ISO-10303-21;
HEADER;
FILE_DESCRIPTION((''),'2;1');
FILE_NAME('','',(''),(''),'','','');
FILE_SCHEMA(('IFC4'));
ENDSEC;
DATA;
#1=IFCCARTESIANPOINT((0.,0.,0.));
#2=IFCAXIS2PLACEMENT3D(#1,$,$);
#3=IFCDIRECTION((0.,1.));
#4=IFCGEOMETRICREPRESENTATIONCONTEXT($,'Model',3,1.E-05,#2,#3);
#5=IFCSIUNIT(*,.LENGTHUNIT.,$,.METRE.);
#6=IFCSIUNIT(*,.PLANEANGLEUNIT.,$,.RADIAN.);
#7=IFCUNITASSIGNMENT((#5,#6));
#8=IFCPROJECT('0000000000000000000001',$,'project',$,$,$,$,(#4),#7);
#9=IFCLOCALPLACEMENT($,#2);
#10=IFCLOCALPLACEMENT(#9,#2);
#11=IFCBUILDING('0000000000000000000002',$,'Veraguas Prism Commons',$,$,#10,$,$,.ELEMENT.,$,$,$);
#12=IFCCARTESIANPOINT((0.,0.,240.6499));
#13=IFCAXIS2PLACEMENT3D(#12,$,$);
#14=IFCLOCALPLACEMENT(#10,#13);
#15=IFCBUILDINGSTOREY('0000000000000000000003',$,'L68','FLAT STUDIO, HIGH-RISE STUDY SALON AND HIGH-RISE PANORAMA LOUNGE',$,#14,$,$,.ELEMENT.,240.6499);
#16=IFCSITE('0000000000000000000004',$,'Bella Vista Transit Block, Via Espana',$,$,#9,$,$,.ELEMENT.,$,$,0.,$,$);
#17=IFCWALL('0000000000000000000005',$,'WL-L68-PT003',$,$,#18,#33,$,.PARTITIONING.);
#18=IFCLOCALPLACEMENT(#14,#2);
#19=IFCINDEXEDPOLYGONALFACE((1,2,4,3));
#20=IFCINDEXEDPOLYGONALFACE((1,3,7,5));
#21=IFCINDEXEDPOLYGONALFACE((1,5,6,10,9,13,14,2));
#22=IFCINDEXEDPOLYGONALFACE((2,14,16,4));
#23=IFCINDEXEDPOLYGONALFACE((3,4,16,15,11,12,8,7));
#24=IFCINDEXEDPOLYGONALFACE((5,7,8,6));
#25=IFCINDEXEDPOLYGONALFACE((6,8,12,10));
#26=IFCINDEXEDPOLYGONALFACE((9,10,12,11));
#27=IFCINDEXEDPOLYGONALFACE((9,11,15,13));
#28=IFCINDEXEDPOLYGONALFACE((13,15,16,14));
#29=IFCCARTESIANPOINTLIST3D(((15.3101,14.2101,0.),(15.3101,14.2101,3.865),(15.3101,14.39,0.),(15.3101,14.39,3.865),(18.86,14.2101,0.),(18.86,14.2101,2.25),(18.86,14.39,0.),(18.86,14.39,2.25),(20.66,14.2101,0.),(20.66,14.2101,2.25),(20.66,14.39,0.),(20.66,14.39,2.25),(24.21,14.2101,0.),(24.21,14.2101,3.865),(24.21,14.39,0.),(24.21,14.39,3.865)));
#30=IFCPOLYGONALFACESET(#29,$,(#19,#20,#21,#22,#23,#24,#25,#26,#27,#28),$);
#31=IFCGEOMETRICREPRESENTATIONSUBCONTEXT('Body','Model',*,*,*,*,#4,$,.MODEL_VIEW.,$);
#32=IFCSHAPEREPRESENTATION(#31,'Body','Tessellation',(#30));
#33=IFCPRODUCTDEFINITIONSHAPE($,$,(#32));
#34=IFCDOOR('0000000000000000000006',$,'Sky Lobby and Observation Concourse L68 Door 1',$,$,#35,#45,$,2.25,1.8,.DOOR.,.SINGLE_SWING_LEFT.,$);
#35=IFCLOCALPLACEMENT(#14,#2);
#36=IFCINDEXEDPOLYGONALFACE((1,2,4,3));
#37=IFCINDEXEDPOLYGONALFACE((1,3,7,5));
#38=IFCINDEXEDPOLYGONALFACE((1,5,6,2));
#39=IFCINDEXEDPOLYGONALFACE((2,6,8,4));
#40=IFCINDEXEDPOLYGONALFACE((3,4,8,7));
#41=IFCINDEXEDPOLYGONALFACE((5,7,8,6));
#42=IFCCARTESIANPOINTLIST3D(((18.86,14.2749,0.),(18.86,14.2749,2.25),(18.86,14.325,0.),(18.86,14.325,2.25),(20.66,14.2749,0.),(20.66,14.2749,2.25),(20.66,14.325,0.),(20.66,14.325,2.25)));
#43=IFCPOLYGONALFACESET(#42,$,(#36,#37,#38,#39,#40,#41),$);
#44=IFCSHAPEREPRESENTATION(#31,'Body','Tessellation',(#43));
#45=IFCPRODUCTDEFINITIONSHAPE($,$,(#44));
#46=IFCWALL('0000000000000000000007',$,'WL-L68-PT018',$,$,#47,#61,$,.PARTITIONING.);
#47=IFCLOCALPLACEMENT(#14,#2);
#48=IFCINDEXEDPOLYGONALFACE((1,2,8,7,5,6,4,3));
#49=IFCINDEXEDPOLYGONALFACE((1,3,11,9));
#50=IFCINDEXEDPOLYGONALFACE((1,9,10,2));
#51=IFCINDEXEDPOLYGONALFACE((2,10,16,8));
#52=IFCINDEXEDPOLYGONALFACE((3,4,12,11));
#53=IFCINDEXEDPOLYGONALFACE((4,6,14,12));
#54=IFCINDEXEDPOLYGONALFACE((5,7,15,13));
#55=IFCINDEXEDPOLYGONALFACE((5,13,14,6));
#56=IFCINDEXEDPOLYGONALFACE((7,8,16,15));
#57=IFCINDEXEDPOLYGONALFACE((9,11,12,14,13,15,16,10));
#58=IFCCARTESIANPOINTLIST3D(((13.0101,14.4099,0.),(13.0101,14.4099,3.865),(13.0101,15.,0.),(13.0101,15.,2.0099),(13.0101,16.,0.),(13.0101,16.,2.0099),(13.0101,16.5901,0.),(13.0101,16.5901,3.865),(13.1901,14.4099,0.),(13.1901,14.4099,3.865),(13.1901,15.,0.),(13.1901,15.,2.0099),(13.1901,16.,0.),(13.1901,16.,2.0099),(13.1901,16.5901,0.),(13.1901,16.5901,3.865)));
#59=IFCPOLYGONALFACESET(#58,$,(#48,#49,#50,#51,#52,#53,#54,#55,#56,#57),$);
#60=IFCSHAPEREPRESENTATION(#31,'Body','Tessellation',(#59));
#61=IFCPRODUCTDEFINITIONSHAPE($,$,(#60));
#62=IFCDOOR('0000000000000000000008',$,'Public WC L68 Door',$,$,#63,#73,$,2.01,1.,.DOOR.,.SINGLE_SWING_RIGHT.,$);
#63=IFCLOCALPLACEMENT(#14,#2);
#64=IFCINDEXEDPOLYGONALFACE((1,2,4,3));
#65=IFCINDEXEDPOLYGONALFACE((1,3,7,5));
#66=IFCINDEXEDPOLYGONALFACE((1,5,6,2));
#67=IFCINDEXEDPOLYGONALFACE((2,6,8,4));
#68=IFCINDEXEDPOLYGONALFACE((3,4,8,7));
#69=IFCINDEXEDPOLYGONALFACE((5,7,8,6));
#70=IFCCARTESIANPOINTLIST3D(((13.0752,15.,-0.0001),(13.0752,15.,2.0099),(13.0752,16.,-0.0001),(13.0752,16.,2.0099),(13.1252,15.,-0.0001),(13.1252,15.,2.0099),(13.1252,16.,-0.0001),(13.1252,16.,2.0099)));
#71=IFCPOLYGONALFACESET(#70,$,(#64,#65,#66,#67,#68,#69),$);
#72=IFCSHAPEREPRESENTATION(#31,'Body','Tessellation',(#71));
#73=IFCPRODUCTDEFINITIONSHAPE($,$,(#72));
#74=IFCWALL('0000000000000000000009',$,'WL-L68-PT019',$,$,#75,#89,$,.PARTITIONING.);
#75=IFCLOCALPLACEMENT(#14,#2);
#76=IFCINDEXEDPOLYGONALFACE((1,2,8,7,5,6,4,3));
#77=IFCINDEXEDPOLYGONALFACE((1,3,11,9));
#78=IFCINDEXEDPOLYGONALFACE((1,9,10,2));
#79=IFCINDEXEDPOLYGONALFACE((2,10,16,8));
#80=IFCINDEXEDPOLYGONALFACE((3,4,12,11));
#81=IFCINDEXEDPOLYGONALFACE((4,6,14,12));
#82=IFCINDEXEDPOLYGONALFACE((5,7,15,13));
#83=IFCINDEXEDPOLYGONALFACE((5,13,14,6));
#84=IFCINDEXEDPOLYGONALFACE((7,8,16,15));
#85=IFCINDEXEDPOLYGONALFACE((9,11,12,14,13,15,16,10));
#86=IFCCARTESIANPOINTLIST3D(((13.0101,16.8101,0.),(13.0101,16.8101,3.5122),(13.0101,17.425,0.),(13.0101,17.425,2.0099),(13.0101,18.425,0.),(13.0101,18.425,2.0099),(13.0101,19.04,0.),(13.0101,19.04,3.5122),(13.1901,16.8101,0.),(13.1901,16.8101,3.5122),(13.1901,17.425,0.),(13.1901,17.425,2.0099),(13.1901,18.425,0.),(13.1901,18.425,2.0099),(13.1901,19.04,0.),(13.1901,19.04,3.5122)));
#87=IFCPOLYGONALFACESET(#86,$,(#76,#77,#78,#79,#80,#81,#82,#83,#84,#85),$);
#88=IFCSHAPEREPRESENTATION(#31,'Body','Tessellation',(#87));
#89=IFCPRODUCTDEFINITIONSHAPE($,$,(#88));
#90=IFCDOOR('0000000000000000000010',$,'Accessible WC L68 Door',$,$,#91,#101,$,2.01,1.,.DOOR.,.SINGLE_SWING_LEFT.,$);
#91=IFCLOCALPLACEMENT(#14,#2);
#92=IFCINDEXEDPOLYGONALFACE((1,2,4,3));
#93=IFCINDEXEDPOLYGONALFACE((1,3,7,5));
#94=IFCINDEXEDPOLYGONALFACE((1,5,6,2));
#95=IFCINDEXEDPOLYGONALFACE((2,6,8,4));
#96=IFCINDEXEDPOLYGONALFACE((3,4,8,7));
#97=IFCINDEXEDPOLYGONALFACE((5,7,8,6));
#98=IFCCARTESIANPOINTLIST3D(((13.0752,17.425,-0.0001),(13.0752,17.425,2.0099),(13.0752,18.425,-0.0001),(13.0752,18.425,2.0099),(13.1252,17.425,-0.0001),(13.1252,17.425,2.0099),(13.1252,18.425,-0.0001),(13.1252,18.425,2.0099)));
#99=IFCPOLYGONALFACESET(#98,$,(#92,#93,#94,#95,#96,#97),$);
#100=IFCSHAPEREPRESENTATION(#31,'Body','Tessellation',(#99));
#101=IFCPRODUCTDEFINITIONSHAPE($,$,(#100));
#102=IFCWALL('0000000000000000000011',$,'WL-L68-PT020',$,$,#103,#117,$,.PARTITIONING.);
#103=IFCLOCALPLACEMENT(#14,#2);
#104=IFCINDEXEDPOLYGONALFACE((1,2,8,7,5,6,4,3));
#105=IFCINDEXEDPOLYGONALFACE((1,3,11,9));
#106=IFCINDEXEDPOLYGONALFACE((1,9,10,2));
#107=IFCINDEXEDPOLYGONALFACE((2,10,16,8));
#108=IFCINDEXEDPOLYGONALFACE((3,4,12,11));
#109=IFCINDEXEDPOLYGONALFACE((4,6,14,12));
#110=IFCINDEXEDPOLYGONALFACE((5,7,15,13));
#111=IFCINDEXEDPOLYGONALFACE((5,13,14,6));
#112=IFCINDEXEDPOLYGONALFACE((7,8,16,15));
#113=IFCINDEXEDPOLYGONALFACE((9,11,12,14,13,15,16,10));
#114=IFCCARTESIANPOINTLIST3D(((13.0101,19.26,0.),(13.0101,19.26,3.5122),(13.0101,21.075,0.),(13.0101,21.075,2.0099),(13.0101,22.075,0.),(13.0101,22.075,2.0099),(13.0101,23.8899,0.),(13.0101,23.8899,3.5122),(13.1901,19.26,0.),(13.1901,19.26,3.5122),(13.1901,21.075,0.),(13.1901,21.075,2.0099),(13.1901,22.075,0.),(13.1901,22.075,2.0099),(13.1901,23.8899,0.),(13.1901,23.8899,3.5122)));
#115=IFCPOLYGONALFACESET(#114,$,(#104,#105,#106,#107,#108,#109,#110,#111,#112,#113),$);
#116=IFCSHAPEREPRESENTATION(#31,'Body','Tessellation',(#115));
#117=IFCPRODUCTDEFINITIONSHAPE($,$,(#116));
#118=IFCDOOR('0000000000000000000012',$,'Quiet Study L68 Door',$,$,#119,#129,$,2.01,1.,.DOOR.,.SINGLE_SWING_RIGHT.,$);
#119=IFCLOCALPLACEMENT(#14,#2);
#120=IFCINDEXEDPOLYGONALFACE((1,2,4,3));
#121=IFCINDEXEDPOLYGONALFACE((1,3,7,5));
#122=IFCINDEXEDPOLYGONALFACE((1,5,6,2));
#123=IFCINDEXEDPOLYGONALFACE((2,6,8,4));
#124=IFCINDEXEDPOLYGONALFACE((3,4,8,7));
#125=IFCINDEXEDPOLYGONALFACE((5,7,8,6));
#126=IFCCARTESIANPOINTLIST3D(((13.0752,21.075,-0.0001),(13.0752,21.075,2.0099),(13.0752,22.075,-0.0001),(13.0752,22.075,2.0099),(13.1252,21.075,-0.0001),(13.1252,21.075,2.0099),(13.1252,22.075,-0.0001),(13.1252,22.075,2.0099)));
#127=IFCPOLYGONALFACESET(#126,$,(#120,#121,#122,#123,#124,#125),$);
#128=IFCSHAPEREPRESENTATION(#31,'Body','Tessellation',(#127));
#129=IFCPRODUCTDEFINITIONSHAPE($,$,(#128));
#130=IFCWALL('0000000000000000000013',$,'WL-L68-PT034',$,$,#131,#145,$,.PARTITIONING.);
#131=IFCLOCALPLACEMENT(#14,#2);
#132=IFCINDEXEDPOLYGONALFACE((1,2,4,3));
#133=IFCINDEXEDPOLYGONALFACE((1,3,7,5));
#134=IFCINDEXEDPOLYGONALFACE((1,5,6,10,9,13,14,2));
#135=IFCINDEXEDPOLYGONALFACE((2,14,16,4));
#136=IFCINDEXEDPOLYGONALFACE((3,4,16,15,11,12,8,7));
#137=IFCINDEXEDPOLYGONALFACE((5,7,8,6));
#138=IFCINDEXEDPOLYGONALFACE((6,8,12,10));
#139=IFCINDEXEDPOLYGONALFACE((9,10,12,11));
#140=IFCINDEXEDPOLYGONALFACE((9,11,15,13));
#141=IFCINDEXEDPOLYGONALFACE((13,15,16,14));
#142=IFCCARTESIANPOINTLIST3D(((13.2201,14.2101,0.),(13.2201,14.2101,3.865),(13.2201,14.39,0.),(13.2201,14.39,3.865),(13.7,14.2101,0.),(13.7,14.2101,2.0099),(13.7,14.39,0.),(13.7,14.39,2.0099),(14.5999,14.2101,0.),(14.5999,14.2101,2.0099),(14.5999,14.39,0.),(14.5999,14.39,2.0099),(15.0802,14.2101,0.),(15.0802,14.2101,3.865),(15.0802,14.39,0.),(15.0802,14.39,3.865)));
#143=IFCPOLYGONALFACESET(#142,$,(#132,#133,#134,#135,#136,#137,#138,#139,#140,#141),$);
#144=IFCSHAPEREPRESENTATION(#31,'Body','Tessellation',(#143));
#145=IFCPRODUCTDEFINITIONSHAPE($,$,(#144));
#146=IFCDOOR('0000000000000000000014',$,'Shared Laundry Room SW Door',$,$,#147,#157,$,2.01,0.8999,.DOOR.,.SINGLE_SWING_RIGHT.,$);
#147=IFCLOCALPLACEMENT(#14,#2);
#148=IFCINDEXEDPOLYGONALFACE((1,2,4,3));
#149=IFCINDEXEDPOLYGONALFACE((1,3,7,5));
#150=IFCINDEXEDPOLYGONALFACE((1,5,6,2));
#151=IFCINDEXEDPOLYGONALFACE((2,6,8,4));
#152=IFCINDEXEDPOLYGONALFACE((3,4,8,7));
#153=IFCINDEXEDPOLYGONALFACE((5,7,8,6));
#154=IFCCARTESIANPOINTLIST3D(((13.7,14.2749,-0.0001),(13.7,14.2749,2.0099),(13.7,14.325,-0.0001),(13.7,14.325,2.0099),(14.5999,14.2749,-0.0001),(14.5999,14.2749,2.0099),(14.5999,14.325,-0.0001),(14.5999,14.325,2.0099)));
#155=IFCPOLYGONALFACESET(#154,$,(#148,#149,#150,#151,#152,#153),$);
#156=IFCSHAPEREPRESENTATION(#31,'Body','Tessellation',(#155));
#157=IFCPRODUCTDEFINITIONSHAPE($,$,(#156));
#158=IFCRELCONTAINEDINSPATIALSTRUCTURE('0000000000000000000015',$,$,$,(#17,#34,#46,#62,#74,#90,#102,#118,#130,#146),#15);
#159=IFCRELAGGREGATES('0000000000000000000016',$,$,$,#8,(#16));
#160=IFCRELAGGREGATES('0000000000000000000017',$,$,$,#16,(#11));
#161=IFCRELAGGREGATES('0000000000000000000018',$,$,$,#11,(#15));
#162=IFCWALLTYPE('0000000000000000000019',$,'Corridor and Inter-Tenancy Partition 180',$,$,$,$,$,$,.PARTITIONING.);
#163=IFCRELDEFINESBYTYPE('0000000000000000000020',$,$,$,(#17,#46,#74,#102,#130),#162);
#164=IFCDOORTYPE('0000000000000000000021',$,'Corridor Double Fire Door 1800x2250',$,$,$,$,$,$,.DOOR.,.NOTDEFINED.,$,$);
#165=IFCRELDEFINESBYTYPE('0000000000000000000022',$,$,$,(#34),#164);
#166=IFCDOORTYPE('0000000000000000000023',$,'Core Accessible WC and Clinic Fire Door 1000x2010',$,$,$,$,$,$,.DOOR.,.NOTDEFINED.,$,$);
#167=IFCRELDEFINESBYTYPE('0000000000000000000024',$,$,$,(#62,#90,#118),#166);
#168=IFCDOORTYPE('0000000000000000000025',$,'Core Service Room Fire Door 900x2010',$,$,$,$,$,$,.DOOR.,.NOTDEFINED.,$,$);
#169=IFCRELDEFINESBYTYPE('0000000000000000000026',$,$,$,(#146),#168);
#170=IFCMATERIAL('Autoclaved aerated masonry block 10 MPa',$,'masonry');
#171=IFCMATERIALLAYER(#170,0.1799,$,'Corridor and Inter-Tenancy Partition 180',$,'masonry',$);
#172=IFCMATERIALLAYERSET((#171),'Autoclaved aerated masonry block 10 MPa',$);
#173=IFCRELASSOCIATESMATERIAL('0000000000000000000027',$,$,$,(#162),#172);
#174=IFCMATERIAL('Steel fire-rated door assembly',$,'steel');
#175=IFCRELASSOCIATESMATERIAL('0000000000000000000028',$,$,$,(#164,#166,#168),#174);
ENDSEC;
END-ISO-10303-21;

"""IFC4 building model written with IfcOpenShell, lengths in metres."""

from ifc_helpers import new_model, si_unit, direction, frame, frame_2d, origin, place, context, subcontext, project, spatial, rectangle, extrude, source, transform, mapped, material, layer, layer_set, type_object, element, fill, save


model = new_model("IFC4")

# Units and contexts
model_context = context("Model", 3, precision=1e-05, world=origin(), true_north=direction((0.0, 1.0)))
body_context = subcontext(model_context, "Body", "Model", "MODEL_VIEW")
ifc_project = project(units=[si_unit("LENGTHUNIT", "METRE"), si_unit("PLANEANGLEUNIT", "RADIAN")], contexts=[model_context])

# Site, building, storey
site_placement = place(None, origin())
site = spatial("IfcSite", under=ifc_project, at=site_placement, Name="Bella Vista Transit Block, Via Espana", CompositionType="ELEMENT", RefElevation=0.0)
building_placement = place(site_placement, origin())
building = spatial("IfcBuilding", under=site, at=building_placement, Name="Veraguas Prism Commons", CompositionType="ELEMENT")
storey_placement = place(building_placement, frame((0.0, 0.0, 240.6499)))
storey = spatial("IfcBuildingStorey", under=building, at=storey_placement, Name="L68", Description="FLAT STUDIO, HIGH-RISE STUDY SALON AND HIGH-RISE PANORAMA LOUNGE", CompositionType="ELEMENT", Elevation=240.6499)

# Shared definitions
ifc_material_1 = material(Name="Steel fire-rated door assembly", Category="steel")

# Shared definitions
ifc_material_2 = material(Name="Autoclaved aerated masonry block 10 MPa", Category="masonry")
ifc_layer_1 = layer(ifc_material_2, 0.1799, Name="Corridor and Inter-Tenancy Partition 180", Category="masonry")
ifc_layer_set_1 = layer_set([ifc_layer_1], Name="Autoclaved aerated masonry block 10 MPa")
wall_type_1 = type_object("IfcWallType", Name="Corridor and Inter-Tenancy Partition 180", PredefinedType="PARTITIONING", material=ifc_layer_set_1)

# Walls, openings, doors
wall_1_placement = place(storey_placement, frame((15.3101, 14.3, 0.0), z_axis=(0.0, 0.0, 1.0), x_axis=(1.0, 0.0, 0.0)))
wall_1 = element("IfcWall", 1, at=wall_1_placement, inside=storey, type_object=wall_type_1, Name="WL-L68-PT003", PredefinedType="PARTITIONING", context=body_context, shape_type="SweptSolid", body=[
    extrude(rectangle(XDim=8.8999, YDim=0.1799, at=frame_2d((4.45, 0.0))), origin(), (0.0, 0.0, 1.0), 3.865),
])
opening_1_placement = place(wall_1_placement, frame((3.55, 0.0, 0.0)))
opening_1 = element("IfcOpeningElement", 2, at=opening_1_placement, cuts=wall_1, PredefinedType="OPENING", context=body_context, shape_type="SweptSolid", body=[
    extrude(rectangle(XDim=1.8, YDim=2.25, at=frame_2d((0.8999, 1.125))), frame((0.0, 0.0999, 0.0), z_axis=(0.0, -1.0, 0.0), x_axis=(1.0, 0.0, 0.0)), (0.0, 0.0, 1.0), 0.2),
])
door_type_1 = type_object("IfcDoorType", Name="Corridor Double Fire Door 1800x2250", OperationType="NOTDEFINED", PredefinedType="DOOR", material=ifc_material_1)
shared_shape_1 = source(origin(), body_context, "Body", "SweptSolid", [
    extrude(rectangle(XDim=1.8, YDim=2.25, at=frame_2d((0.8999, 1.125))), frame((0.0, 0.0249, 0.0), z_axis=(0.0, -1.0, 0.0), x_axis=(1.0, 0.0, 0.0)), (0.0, 0.0, 1.0), 0.05),
])
door_1_placement = place(opening_1_placement, origin())
door_1 = element("IfcDoor", 3, at=door_1_placement, inside=storey, type_object=door_type_1, Name="Sky Lobby and Observation Concourse L68 Door 1", OperationType="SINGLE_SWING_LEFT", OverallHeight=2.25, OverallWidth=1.8, PredefinedType="DOOR", context=body_context, shape_type="MappedRepresentation", body=[
    mapped(shared_shape_1, transform((0.0, 0.0, 0.0), scale=1.0)),
])
fill(opening_1, door_1)
wall_2_placement = place(storey_placement, frame((13.1001, 14.4099, 0.0), z_axis=(0.0, 0.0, 1.0), x_axis=(0.0, 1.0, 0.0)))
wall_2 = element("IfcWall", 4, at=wall_2_placement, inside=storey, type_object=wall_type_1, Name="WL-L68-PT018", PredefinedType="PARTITIONING", context=body_context, shape_type="SweptSolid", body=[
    extrude(rectangle(XDim=2.1802, YDim=0.1799, at=frame_2d((1.0901, 0.0))), origin(), (0.0, 0.0, 1.0), 3.865),
])
opening_2_placement = place(wall_2_placement, frame((0.5901, 0.0, 0.0)))
opening_2 = element("IfcOpeningElement", 5, at=opening_2_placement, cuts=wall_2, PredefinedType="OPENING", context=body_context, shape_type="SweptSolid", body=[
    extrude(rectangle(XDim=1.0, YDim=2.01, at=frame_2d((0.5, 1.0049))), frame((0.0, 0.0999, 0.0), z_axis=(0.0, -1.0, 0.0), x_axis=(1.0, 0.0, 0.0)), (0.0, 0.0, 1.0), 0.2),
])
door_type_2 = type_object("IfcDoorType", Name="Core Accessible WC and Clinic Fire Door 1000x2010", OperationType="NOTDEFINED", PredefinedType="DOOR", material=ifc_material_1)
shared_shape_2 = source(origin(), body_context, "Body", "SweptSolid", [
    extrude(rectangle(XDim=1.0, YDim=2.01, at=frame_2d((0.5, 1.0049))), frame((0.0, 0.0249, 0.0), z_axis=(0.0, -1.0, 0.0), x_axis=(1.0, 0.0, 0.0)), (0.0, 0.0, 1.0), 0.05),
])
door_2_placement = place(opening_2_placement, origin())
door_2 = element("IfcDoor", 6, at=door_2_placement, inside=storey, type_object=door_type_2, Name="Public WC L68 Door", OperationType="SINGLE_SWING_RIGHT", OverallHeight=2.01, OverallWidth=1.0, PredefinedType="DOOR", context=body_context, shape_type="MappedRepresentation", body=[
    mapped(shared_shape_2, transform((0.0, 0.0, 0.0), scale=1.0)),
])
fill(opening_2, door_2)
wall_3_placement = place(storey_placement, frame((13.1001, 16.8101, 0.0), z_axis=(0.0, 0.0, 1.0), x_axis=(0.0, 1.0, 0.0)))
wall_3 = element("IfcWall", 7, at=wall_3_placement, inside=storey, type_object=wall_type_1, Name="WL-L68-PT019", PredefinedType="PARTITIONING", context=body_context, shape_type="SweptSolid", body=[
    extrude(rectangle(XDim=2.23, YDim=0.1799, at=frame_2d((1.115, 0.0))), origin(), (0.0, 0.0, 1.0), 3.5122),
])
opening_3_placement = place(wall_3_placement, frame((0.615, 0.0, 0.0)))
opening_3 = element("IfcOpeningElement", 8, at=opening_3_placement, cuts=wall_3, PredefinedType="OPENING", context=body_context, shape_type="SweptSolid", body=[
    extrude(rectangle(XDim=1.0, YDim=2.01, at=frame_2d((0.5, 1.0049))), frame((0.0, 0.0999, 0.0), z_axis=(0.0, -1.0, 0.0), x_axis=(1.0, 0.0, 0.0)), (0.0, 0.0, 1.0), 0.2),
])
door_3_placement = place(opening_3_placement, origin())
door_3 = element("IfcDoor", 9, at=door_3_placement, inside=storey, type_object=door_type_2, Name="Accessible WC L68 Door", OperationType="SINGLE_SWING_LEFT", OverallHeight=2.01, OverallWidth=1.0, PredefinedType="DOOR", context=body_context, shape_type="MappedRepresentation", body=[
    mapped(shared_shape_2, transform((0.0, 0.0, 0.0), scale=1.0)),
])
fill(opening_3, door_3)
wall_4_placement = place(storey_placement, frame((13.1001, 19.26, 0.0), z_axis=(0.0, 0.0, 1.0), x_axis=(0.0, 1.0, 0.0)))
wall_4 = element("IfcWall", 10, at=wall_4_placement, inside=storey, type_object=wall_type_1, Name="WL-L68-PT020", PredefinedType="PARTITIONING", context=body_context, shape_type="SweptSolid", body=[
    extrude(rectangle(XDim=4.6299, YDim=0.1799, at=frame_2d((2.3149, 0.0))), origin(), (0.0, 0.0, 1.0), 3.5122),
])
opening_4_placement = place(wall_4_placement, frame((1.8149, 0.0, 0.0)))
opening_4 = element("IfcOpeningElement", 11, at=opening_4_placement, cuts=wall_4, PredefinedType="OPENING", context=body_context, shape_type="SweptSolid", body=[
    extrude(rectangle(XDim=1.0, YDim=2.01, at=frame_2d((0.5, 1.0049))), frame((0.0, 0.0999, 0.0), z_axis=(0.0, -1.0, 0.0), x_axis=(1.0, 0.0, 0.0)), (0.0, 0.0, 1.0), 0.2),
])
door_4_placement = place(opening_4_placement, origin())
door_4 = element("IfcDoor", 12, at=door_4_placement, inside=storey, type_object=door_type_2, Name="Quiet Study L68 Door", OperationType="SINGLE_SWING_RIGHT", OverallHeight=2.01, OverallWidth=1.0, PredefinedType="DOOR", context=body_context, shape_type="MappedRepresentation", body=[
    mapped(shared_shape_2, transform((0.0, 0.0, 0.0), scale=1.0)),
])
fill(opening_4, door_4)
wall_5_placement = place(storey_placement, frame((13.22, 14.3, 0.0), z_axis=(0.0, 0.0, 1.0), x_axis=(1.0, 0.0, 0.0)))
wall_5 = element("IfcWall", 13, at=wall_5_placement, inside=storey, type_object=wall_type_1, Name="WL-L68-PT034", PredefinedType="PARTITIONING", context=body_context, shape_type="SweptSolid", body=[
    extrude(rectangle(XDim=1.8601, YDim=0.1799, at=frame_2d((0.9302, 0.0))), origin(), (0.0, 0.0, 1.0), 3.865),
])
opening_5_placement = place(wall_5_placement, frame((0.48, 0.0, 0.0)))
opening_5 = element("IfcOpeningElement", 14, at=opening_5_placement, cuts=wall_5, PredefinedType="OPENING", context=body_context, shape_type="SweptSolid", body=[
    extrude(rectangle(XDim=0.8999, YDim=2.01, at=frame_2d((0.45, 1.0049))), frame((0.0, 0.0999, 0.0), z_axis=(0.0, -1.0, 0.0), x_axis=(1.0, 0.0, 0.0)), (0.0, 0.0, 1.0), 0.2),
])
door_type_3 = type_object("IfcDoorType", Name="Core Service Room Fire Door 900x2010", OperationType="NOTDEFINED", PredefinedType="DOOR", material=ifc_material_1)
shared_shape_3 = source(origin(), body_context, "Body", "SweptSolid", [
    extrude(rectangle(XDim=0.8999, YDim=2.01, at=frame_2d((0.45, 1.0049))), frame((0.0, 0.0249, 0.0), z_axis=(0.0, -1.0, 0.0), x_axis=(1.0, 0.0, 0.0)), (0.0, 0.0, 1.0), 0.05),
])
door_5_placement = place(opening_5_placement, origin())
door_5 = element("IfcDoor", 15, at=door_5_placement, inside=storey, type_object=door_type_3, Name="Shared Laundry Room SW Door", OperationType="SINGLE_SWING_RIGHT", OverallHeight=2.01, OverallWidth=0.8999, PredefinedType="DOOR", context=body_context, shape_type="MappedRepresentation", body=[
    mapped(shared_shape_3, transform((0.0, 0.0, 0.0), scale=1.0)),
])
fill(opening_5, door_5)

save(model, "model.ifc")
